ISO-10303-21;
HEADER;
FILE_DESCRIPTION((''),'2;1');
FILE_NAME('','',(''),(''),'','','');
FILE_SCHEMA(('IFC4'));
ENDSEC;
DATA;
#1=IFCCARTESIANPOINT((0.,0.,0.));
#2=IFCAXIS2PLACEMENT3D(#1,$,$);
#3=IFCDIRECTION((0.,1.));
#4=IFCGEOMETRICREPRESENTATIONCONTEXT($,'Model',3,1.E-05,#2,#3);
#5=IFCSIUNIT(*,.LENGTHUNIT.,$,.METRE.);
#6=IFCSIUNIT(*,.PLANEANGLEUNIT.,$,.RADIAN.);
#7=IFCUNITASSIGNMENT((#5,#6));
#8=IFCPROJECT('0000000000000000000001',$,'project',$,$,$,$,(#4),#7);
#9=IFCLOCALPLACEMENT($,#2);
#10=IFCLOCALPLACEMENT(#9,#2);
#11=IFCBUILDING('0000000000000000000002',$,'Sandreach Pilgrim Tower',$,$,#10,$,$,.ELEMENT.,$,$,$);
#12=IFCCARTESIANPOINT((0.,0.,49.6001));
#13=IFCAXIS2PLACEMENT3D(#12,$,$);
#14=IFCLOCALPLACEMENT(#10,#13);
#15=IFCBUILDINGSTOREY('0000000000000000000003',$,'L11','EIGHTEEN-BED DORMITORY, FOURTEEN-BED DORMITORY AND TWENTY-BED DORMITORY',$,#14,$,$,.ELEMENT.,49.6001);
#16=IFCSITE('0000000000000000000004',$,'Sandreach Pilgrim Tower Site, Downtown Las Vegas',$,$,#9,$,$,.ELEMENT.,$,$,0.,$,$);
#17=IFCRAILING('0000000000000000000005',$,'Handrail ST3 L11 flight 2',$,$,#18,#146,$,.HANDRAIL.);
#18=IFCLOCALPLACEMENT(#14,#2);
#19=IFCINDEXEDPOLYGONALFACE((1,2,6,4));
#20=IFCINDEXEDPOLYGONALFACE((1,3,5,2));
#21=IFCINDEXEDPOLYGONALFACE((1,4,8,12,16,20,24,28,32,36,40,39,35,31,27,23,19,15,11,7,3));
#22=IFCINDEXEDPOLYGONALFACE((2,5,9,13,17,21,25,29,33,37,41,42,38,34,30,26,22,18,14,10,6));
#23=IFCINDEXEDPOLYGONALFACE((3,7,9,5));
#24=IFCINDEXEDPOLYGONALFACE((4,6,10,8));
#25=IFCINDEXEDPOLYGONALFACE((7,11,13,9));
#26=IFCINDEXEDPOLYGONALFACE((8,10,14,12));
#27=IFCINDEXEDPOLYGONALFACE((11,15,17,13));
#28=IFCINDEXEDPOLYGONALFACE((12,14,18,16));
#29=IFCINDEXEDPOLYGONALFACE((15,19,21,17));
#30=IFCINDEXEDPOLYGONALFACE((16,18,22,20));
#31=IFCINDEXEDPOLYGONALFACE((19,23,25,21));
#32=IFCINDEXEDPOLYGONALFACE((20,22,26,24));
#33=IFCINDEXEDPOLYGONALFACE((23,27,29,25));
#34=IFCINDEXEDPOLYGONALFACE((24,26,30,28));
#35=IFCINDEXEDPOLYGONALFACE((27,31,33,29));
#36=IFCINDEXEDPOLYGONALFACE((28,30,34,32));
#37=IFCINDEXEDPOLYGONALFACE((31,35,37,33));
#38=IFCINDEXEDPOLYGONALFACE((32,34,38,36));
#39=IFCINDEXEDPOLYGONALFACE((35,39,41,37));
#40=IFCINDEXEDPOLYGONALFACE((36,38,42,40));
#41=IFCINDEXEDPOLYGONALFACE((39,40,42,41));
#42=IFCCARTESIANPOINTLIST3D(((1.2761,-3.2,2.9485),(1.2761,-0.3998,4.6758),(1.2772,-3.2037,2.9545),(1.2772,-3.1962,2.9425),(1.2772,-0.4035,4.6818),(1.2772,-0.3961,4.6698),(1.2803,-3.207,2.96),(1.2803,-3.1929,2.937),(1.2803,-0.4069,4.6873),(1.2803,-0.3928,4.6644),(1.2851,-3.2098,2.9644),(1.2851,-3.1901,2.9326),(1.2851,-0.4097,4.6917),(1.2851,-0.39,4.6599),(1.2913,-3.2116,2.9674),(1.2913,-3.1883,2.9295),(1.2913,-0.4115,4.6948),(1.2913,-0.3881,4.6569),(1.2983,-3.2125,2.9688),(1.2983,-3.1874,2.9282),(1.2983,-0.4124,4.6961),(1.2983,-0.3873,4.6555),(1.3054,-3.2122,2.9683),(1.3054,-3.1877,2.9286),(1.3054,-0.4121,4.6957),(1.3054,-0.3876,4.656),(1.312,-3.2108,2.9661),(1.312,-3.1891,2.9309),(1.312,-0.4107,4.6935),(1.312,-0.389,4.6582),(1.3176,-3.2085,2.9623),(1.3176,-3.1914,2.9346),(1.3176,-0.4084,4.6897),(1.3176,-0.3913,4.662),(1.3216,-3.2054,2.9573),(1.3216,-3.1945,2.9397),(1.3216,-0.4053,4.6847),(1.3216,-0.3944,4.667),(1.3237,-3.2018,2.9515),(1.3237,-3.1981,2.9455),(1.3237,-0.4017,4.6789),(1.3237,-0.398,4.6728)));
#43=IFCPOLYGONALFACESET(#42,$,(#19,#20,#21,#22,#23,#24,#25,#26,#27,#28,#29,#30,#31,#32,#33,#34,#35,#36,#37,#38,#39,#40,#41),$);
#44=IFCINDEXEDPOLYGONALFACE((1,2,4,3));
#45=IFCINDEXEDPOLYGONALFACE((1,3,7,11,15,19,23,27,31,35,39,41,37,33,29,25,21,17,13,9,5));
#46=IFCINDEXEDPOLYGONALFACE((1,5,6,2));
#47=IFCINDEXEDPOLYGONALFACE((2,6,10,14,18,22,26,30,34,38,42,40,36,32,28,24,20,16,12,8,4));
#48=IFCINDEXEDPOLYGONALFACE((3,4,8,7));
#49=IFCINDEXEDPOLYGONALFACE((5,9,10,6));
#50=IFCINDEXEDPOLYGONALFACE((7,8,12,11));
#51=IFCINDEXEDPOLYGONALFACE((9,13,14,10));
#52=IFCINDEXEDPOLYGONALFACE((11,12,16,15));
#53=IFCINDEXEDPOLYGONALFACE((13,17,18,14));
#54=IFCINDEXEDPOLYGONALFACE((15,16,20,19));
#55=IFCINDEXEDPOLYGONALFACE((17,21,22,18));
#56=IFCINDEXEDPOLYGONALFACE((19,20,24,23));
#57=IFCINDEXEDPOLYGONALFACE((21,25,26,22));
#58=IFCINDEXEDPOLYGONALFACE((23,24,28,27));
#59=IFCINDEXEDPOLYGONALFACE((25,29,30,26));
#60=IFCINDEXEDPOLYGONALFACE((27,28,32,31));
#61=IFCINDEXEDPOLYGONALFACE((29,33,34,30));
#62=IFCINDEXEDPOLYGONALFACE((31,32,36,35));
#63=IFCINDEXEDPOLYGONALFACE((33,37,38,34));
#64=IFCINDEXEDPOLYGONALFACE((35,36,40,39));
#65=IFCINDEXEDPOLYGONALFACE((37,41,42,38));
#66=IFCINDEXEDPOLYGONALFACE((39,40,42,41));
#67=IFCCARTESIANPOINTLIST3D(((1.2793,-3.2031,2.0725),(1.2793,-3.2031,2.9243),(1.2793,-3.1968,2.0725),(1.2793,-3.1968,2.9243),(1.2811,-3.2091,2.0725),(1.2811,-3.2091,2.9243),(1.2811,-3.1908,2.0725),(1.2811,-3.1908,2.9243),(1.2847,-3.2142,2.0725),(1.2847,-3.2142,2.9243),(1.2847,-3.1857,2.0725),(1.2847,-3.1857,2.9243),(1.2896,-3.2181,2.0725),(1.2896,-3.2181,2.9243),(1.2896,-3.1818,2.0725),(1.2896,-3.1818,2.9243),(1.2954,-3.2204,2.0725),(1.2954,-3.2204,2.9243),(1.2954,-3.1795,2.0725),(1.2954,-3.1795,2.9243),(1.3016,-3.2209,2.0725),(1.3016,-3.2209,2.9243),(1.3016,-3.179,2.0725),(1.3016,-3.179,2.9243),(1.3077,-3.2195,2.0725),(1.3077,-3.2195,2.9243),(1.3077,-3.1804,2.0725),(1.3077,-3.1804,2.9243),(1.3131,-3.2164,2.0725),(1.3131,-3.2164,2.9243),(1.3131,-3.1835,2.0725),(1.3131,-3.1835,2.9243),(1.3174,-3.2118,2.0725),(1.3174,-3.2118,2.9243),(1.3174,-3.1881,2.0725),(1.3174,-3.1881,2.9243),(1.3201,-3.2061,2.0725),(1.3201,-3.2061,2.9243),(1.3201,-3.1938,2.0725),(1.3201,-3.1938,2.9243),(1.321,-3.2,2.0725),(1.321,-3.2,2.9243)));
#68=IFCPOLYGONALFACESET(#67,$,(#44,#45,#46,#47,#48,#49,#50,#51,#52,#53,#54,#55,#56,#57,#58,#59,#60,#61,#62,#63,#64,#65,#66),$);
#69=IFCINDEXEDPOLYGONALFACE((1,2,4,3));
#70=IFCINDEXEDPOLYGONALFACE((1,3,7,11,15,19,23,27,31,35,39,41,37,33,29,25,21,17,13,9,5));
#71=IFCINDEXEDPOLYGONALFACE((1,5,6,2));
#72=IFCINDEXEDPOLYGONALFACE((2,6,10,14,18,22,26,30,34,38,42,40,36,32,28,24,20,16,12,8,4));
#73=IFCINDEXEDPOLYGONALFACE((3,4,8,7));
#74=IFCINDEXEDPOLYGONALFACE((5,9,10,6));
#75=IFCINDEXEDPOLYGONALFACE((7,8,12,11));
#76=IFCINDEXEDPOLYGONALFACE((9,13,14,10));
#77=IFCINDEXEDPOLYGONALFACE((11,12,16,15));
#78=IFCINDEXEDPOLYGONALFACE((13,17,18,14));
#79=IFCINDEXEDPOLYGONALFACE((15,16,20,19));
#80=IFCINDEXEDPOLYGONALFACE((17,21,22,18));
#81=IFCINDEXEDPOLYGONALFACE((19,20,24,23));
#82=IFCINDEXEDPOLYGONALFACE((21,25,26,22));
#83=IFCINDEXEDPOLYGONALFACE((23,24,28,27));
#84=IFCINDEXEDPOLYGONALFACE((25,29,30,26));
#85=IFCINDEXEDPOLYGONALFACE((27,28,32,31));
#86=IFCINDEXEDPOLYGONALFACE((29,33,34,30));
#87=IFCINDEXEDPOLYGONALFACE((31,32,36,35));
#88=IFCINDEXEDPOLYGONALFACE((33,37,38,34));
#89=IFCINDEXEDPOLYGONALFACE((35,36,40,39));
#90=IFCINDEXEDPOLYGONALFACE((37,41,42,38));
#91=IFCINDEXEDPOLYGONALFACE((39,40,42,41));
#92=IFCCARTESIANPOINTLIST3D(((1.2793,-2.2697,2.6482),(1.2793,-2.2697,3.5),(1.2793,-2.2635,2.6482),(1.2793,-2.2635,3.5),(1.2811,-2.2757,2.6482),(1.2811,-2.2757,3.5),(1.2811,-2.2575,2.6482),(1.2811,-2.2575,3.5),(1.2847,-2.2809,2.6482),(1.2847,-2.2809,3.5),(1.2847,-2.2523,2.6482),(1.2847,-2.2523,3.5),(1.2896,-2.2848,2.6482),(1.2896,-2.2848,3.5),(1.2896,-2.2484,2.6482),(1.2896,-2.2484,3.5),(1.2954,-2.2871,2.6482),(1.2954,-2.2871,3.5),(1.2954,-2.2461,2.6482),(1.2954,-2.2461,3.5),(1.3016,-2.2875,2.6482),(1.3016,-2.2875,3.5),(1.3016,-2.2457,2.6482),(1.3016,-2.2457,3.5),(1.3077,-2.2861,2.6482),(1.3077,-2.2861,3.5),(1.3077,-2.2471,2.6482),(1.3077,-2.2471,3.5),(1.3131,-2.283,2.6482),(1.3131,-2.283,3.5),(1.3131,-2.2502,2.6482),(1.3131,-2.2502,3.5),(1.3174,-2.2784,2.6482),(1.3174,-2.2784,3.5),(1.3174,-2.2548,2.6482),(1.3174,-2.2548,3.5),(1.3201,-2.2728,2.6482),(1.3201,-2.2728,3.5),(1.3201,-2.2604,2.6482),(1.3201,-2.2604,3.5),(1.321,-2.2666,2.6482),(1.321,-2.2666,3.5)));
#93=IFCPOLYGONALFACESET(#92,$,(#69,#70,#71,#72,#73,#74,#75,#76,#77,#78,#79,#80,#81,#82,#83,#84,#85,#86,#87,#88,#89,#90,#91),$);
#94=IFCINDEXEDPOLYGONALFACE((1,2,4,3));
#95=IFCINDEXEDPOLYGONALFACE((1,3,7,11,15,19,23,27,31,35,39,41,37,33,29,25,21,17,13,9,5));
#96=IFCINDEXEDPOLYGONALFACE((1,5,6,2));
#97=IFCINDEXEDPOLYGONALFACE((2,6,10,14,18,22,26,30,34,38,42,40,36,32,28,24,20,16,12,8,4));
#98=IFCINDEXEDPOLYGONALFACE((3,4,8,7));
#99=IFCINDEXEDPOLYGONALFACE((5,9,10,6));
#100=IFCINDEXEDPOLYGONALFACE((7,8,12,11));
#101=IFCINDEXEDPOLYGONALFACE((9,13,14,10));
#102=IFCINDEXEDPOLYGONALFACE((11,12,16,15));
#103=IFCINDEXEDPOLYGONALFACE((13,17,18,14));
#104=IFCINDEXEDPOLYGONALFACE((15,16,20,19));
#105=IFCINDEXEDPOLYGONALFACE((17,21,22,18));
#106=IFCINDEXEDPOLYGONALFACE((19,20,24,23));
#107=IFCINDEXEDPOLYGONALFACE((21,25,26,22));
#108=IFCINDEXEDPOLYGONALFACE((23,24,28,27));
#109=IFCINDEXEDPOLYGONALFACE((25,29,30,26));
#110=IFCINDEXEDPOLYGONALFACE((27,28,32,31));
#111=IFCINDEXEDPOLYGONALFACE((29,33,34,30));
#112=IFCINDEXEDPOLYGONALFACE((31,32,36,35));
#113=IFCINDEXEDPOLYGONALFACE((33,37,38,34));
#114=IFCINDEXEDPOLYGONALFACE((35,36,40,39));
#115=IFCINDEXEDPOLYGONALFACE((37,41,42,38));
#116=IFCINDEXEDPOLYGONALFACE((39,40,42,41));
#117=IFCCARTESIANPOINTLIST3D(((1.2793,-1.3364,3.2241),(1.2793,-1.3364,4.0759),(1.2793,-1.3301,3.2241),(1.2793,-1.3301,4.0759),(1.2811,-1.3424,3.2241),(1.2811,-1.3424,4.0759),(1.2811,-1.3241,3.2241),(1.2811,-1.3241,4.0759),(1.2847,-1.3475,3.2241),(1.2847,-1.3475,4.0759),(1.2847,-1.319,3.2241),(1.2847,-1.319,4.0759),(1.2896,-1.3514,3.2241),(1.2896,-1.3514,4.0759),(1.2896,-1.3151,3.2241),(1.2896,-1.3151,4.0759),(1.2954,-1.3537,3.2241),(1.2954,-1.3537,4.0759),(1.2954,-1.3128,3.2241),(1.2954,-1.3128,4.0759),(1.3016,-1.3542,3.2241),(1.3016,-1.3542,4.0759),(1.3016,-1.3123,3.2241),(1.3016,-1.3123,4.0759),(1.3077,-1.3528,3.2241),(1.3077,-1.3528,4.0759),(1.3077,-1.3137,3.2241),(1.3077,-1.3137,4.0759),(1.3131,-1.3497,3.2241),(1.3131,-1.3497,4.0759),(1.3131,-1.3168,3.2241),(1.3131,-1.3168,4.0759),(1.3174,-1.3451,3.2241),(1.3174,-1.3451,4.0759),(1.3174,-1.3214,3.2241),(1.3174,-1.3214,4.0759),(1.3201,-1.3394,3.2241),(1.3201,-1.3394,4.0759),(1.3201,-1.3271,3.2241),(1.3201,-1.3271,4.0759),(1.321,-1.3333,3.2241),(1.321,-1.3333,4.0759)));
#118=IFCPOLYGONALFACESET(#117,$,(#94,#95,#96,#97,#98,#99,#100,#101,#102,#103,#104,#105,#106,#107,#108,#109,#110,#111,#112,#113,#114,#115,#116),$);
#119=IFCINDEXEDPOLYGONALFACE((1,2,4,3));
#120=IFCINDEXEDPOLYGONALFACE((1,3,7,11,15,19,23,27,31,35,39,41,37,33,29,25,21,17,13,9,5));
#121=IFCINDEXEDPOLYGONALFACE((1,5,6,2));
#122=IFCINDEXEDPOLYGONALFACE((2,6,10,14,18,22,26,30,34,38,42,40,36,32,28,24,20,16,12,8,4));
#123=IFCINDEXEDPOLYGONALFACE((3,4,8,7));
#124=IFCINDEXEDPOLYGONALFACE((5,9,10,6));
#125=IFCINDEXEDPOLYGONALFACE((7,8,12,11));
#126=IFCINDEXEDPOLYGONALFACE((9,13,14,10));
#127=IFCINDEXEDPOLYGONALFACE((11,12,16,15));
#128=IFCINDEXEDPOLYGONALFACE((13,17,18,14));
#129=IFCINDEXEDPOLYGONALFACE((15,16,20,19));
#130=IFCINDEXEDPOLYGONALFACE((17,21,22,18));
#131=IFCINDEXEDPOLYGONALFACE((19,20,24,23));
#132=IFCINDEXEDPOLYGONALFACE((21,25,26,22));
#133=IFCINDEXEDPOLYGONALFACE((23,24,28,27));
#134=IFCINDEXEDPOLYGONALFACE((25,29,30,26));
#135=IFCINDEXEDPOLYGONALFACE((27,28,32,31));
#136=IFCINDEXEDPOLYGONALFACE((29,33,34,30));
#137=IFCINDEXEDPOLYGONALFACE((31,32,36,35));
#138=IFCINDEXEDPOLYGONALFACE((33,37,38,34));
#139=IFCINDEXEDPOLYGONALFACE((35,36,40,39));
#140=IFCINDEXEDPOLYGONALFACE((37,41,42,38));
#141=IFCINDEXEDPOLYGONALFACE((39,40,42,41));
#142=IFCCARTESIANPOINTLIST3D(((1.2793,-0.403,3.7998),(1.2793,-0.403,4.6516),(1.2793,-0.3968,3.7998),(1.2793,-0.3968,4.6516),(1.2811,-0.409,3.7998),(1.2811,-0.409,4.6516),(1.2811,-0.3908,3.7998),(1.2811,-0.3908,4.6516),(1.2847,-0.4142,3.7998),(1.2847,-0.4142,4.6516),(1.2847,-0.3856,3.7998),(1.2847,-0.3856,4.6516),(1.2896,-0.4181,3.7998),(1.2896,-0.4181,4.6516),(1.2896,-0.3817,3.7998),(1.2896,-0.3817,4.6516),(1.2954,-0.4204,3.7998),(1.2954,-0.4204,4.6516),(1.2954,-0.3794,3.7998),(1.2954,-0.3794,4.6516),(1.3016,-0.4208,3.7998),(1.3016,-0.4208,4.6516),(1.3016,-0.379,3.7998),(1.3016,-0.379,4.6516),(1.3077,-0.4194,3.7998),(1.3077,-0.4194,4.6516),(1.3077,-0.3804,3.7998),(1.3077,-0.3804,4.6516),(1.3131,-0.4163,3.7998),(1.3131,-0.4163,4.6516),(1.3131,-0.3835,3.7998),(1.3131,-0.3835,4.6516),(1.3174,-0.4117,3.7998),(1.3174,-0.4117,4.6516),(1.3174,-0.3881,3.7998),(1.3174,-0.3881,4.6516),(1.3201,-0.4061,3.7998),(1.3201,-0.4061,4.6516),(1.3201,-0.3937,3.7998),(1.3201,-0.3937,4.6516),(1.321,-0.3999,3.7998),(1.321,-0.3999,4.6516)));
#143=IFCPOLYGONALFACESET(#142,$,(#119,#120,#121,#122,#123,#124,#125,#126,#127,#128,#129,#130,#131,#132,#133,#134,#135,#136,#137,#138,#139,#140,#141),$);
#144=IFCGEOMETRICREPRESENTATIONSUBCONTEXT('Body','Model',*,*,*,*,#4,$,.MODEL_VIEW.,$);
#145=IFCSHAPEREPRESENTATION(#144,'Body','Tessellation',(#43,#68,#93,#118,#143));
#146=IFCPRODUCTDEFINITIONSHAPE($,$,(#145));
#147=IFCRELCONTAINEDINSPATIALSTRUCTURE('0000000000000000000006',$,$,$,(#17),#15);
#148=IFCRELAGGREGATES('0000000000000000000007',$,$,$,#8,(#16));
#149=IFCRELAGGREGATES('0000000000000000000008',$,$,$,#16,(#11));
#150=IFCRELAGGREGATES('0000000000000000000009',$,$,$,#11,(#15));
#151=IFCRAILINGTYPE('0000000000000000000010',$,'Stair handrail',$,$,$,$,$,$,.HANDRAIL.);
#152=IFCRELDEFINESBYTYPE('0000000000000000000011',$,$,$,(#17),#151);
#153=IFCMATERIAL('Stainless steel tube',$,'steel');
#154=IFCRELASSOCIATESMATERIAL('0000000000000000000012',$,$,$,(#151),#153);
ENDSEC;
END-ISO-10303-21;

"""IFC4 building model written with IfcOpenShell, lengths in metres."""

from ifc_helpers import new_model, si_unit, direction, frame, origin, origin_2d, place, context, subcontext, project, spatial, circle, extrude, material, type_object, element, save


model = new_model("IFC4")

# Units and contexts
model_context = context("Model", 3, precision=1e-05, world=origin(), true_north=direction((0.0, 1.0)))
body_context = subcontext(model_context, "Body", "Model", "MODEL_VIEW")
ifc_project = project(units=[si_unit("LENGTHUNIT", "METRE"), si_unit("PLANEANGLEUNIT", "RADIAN")], contexts=[model_context])

# Site, building, storey
site_placement = place(None, origin())
site = spatial("IfcSite", under=ifc_project, at=site_placement, Name="Sandreach Pilgrim Tower Site, Downtown Las Vegas", CompositionType="ELEMENT", RefElevation=0.0)
building_placement = place(site_placement, origin())
building = spatial("IfcBuilding", under=site, at=building_placement, Name="Sandreach Pilgrim Tower", CompositionType="ELEMENT")
storey_placement = place(building_placement, frame((0.0, 0.0, 49.6001)))
storey = spatial("IfcBuildingStorey", under=building, at=storey_placement, Name="L11", Description="EIGHTEEN-BED DORMITORY, FOURTEEN-BED DORMITORY AND TWENTY-BED DORMITORY", CompositionType="ELEMENT", Elevation=49.6001)

# Railing
ifc_material_1 = material(Name="Stainless steel tube", Category="steel")
railing_type = type_object("IfcRailingType", Name="Stair handrail", PredefinedType="HANDRAIL", material=ifc_material_1)
railing_placement = place(storey_placement, frame((1.3, -3.2, 2.0725)))
element("IfcRailing", 1, at=railing_placement, inside=storey, type_object=railing_type, Name="Handrail ST3 L11 flight 2", PredefinedType="HANDRAIL", context=body_context, shape_type="SweptSolid", body=[
    extrude(circle(Radius=0.0239, at=origin_2d()), frame((0.0, 0.0, 0.876), z_axis=(0.0, 0.85109, 0.52502), x_axis=(-1.0, 0.0, 0.0)), (0.0, 0.0, 1.0), 3.29),
    extrude(circle(Radius=0.021, at=origin_2d()), origin(), (0.0, 0.0, 1.0), 0.8518),
    extrude(circle(Radius=0.021, at=origin_2d()), frame((0.0, 0.9333, 0.5757)), (0.0, 0.0, 1.0), 0.8518),
    extrude(circle(Radius=0.021, at=origin_2d()), frame((0.0, 1.8667, 1.1516)), (0.0, 0.0, 1.0), 0.8518),
    extrude(circle(Radius=0.021, at=origin_2d()), frame((0.0, 2.8, 1.7273)), (0.0, 0.0, 1.0), 0.8518),
])

save(model, "model.ifc")
